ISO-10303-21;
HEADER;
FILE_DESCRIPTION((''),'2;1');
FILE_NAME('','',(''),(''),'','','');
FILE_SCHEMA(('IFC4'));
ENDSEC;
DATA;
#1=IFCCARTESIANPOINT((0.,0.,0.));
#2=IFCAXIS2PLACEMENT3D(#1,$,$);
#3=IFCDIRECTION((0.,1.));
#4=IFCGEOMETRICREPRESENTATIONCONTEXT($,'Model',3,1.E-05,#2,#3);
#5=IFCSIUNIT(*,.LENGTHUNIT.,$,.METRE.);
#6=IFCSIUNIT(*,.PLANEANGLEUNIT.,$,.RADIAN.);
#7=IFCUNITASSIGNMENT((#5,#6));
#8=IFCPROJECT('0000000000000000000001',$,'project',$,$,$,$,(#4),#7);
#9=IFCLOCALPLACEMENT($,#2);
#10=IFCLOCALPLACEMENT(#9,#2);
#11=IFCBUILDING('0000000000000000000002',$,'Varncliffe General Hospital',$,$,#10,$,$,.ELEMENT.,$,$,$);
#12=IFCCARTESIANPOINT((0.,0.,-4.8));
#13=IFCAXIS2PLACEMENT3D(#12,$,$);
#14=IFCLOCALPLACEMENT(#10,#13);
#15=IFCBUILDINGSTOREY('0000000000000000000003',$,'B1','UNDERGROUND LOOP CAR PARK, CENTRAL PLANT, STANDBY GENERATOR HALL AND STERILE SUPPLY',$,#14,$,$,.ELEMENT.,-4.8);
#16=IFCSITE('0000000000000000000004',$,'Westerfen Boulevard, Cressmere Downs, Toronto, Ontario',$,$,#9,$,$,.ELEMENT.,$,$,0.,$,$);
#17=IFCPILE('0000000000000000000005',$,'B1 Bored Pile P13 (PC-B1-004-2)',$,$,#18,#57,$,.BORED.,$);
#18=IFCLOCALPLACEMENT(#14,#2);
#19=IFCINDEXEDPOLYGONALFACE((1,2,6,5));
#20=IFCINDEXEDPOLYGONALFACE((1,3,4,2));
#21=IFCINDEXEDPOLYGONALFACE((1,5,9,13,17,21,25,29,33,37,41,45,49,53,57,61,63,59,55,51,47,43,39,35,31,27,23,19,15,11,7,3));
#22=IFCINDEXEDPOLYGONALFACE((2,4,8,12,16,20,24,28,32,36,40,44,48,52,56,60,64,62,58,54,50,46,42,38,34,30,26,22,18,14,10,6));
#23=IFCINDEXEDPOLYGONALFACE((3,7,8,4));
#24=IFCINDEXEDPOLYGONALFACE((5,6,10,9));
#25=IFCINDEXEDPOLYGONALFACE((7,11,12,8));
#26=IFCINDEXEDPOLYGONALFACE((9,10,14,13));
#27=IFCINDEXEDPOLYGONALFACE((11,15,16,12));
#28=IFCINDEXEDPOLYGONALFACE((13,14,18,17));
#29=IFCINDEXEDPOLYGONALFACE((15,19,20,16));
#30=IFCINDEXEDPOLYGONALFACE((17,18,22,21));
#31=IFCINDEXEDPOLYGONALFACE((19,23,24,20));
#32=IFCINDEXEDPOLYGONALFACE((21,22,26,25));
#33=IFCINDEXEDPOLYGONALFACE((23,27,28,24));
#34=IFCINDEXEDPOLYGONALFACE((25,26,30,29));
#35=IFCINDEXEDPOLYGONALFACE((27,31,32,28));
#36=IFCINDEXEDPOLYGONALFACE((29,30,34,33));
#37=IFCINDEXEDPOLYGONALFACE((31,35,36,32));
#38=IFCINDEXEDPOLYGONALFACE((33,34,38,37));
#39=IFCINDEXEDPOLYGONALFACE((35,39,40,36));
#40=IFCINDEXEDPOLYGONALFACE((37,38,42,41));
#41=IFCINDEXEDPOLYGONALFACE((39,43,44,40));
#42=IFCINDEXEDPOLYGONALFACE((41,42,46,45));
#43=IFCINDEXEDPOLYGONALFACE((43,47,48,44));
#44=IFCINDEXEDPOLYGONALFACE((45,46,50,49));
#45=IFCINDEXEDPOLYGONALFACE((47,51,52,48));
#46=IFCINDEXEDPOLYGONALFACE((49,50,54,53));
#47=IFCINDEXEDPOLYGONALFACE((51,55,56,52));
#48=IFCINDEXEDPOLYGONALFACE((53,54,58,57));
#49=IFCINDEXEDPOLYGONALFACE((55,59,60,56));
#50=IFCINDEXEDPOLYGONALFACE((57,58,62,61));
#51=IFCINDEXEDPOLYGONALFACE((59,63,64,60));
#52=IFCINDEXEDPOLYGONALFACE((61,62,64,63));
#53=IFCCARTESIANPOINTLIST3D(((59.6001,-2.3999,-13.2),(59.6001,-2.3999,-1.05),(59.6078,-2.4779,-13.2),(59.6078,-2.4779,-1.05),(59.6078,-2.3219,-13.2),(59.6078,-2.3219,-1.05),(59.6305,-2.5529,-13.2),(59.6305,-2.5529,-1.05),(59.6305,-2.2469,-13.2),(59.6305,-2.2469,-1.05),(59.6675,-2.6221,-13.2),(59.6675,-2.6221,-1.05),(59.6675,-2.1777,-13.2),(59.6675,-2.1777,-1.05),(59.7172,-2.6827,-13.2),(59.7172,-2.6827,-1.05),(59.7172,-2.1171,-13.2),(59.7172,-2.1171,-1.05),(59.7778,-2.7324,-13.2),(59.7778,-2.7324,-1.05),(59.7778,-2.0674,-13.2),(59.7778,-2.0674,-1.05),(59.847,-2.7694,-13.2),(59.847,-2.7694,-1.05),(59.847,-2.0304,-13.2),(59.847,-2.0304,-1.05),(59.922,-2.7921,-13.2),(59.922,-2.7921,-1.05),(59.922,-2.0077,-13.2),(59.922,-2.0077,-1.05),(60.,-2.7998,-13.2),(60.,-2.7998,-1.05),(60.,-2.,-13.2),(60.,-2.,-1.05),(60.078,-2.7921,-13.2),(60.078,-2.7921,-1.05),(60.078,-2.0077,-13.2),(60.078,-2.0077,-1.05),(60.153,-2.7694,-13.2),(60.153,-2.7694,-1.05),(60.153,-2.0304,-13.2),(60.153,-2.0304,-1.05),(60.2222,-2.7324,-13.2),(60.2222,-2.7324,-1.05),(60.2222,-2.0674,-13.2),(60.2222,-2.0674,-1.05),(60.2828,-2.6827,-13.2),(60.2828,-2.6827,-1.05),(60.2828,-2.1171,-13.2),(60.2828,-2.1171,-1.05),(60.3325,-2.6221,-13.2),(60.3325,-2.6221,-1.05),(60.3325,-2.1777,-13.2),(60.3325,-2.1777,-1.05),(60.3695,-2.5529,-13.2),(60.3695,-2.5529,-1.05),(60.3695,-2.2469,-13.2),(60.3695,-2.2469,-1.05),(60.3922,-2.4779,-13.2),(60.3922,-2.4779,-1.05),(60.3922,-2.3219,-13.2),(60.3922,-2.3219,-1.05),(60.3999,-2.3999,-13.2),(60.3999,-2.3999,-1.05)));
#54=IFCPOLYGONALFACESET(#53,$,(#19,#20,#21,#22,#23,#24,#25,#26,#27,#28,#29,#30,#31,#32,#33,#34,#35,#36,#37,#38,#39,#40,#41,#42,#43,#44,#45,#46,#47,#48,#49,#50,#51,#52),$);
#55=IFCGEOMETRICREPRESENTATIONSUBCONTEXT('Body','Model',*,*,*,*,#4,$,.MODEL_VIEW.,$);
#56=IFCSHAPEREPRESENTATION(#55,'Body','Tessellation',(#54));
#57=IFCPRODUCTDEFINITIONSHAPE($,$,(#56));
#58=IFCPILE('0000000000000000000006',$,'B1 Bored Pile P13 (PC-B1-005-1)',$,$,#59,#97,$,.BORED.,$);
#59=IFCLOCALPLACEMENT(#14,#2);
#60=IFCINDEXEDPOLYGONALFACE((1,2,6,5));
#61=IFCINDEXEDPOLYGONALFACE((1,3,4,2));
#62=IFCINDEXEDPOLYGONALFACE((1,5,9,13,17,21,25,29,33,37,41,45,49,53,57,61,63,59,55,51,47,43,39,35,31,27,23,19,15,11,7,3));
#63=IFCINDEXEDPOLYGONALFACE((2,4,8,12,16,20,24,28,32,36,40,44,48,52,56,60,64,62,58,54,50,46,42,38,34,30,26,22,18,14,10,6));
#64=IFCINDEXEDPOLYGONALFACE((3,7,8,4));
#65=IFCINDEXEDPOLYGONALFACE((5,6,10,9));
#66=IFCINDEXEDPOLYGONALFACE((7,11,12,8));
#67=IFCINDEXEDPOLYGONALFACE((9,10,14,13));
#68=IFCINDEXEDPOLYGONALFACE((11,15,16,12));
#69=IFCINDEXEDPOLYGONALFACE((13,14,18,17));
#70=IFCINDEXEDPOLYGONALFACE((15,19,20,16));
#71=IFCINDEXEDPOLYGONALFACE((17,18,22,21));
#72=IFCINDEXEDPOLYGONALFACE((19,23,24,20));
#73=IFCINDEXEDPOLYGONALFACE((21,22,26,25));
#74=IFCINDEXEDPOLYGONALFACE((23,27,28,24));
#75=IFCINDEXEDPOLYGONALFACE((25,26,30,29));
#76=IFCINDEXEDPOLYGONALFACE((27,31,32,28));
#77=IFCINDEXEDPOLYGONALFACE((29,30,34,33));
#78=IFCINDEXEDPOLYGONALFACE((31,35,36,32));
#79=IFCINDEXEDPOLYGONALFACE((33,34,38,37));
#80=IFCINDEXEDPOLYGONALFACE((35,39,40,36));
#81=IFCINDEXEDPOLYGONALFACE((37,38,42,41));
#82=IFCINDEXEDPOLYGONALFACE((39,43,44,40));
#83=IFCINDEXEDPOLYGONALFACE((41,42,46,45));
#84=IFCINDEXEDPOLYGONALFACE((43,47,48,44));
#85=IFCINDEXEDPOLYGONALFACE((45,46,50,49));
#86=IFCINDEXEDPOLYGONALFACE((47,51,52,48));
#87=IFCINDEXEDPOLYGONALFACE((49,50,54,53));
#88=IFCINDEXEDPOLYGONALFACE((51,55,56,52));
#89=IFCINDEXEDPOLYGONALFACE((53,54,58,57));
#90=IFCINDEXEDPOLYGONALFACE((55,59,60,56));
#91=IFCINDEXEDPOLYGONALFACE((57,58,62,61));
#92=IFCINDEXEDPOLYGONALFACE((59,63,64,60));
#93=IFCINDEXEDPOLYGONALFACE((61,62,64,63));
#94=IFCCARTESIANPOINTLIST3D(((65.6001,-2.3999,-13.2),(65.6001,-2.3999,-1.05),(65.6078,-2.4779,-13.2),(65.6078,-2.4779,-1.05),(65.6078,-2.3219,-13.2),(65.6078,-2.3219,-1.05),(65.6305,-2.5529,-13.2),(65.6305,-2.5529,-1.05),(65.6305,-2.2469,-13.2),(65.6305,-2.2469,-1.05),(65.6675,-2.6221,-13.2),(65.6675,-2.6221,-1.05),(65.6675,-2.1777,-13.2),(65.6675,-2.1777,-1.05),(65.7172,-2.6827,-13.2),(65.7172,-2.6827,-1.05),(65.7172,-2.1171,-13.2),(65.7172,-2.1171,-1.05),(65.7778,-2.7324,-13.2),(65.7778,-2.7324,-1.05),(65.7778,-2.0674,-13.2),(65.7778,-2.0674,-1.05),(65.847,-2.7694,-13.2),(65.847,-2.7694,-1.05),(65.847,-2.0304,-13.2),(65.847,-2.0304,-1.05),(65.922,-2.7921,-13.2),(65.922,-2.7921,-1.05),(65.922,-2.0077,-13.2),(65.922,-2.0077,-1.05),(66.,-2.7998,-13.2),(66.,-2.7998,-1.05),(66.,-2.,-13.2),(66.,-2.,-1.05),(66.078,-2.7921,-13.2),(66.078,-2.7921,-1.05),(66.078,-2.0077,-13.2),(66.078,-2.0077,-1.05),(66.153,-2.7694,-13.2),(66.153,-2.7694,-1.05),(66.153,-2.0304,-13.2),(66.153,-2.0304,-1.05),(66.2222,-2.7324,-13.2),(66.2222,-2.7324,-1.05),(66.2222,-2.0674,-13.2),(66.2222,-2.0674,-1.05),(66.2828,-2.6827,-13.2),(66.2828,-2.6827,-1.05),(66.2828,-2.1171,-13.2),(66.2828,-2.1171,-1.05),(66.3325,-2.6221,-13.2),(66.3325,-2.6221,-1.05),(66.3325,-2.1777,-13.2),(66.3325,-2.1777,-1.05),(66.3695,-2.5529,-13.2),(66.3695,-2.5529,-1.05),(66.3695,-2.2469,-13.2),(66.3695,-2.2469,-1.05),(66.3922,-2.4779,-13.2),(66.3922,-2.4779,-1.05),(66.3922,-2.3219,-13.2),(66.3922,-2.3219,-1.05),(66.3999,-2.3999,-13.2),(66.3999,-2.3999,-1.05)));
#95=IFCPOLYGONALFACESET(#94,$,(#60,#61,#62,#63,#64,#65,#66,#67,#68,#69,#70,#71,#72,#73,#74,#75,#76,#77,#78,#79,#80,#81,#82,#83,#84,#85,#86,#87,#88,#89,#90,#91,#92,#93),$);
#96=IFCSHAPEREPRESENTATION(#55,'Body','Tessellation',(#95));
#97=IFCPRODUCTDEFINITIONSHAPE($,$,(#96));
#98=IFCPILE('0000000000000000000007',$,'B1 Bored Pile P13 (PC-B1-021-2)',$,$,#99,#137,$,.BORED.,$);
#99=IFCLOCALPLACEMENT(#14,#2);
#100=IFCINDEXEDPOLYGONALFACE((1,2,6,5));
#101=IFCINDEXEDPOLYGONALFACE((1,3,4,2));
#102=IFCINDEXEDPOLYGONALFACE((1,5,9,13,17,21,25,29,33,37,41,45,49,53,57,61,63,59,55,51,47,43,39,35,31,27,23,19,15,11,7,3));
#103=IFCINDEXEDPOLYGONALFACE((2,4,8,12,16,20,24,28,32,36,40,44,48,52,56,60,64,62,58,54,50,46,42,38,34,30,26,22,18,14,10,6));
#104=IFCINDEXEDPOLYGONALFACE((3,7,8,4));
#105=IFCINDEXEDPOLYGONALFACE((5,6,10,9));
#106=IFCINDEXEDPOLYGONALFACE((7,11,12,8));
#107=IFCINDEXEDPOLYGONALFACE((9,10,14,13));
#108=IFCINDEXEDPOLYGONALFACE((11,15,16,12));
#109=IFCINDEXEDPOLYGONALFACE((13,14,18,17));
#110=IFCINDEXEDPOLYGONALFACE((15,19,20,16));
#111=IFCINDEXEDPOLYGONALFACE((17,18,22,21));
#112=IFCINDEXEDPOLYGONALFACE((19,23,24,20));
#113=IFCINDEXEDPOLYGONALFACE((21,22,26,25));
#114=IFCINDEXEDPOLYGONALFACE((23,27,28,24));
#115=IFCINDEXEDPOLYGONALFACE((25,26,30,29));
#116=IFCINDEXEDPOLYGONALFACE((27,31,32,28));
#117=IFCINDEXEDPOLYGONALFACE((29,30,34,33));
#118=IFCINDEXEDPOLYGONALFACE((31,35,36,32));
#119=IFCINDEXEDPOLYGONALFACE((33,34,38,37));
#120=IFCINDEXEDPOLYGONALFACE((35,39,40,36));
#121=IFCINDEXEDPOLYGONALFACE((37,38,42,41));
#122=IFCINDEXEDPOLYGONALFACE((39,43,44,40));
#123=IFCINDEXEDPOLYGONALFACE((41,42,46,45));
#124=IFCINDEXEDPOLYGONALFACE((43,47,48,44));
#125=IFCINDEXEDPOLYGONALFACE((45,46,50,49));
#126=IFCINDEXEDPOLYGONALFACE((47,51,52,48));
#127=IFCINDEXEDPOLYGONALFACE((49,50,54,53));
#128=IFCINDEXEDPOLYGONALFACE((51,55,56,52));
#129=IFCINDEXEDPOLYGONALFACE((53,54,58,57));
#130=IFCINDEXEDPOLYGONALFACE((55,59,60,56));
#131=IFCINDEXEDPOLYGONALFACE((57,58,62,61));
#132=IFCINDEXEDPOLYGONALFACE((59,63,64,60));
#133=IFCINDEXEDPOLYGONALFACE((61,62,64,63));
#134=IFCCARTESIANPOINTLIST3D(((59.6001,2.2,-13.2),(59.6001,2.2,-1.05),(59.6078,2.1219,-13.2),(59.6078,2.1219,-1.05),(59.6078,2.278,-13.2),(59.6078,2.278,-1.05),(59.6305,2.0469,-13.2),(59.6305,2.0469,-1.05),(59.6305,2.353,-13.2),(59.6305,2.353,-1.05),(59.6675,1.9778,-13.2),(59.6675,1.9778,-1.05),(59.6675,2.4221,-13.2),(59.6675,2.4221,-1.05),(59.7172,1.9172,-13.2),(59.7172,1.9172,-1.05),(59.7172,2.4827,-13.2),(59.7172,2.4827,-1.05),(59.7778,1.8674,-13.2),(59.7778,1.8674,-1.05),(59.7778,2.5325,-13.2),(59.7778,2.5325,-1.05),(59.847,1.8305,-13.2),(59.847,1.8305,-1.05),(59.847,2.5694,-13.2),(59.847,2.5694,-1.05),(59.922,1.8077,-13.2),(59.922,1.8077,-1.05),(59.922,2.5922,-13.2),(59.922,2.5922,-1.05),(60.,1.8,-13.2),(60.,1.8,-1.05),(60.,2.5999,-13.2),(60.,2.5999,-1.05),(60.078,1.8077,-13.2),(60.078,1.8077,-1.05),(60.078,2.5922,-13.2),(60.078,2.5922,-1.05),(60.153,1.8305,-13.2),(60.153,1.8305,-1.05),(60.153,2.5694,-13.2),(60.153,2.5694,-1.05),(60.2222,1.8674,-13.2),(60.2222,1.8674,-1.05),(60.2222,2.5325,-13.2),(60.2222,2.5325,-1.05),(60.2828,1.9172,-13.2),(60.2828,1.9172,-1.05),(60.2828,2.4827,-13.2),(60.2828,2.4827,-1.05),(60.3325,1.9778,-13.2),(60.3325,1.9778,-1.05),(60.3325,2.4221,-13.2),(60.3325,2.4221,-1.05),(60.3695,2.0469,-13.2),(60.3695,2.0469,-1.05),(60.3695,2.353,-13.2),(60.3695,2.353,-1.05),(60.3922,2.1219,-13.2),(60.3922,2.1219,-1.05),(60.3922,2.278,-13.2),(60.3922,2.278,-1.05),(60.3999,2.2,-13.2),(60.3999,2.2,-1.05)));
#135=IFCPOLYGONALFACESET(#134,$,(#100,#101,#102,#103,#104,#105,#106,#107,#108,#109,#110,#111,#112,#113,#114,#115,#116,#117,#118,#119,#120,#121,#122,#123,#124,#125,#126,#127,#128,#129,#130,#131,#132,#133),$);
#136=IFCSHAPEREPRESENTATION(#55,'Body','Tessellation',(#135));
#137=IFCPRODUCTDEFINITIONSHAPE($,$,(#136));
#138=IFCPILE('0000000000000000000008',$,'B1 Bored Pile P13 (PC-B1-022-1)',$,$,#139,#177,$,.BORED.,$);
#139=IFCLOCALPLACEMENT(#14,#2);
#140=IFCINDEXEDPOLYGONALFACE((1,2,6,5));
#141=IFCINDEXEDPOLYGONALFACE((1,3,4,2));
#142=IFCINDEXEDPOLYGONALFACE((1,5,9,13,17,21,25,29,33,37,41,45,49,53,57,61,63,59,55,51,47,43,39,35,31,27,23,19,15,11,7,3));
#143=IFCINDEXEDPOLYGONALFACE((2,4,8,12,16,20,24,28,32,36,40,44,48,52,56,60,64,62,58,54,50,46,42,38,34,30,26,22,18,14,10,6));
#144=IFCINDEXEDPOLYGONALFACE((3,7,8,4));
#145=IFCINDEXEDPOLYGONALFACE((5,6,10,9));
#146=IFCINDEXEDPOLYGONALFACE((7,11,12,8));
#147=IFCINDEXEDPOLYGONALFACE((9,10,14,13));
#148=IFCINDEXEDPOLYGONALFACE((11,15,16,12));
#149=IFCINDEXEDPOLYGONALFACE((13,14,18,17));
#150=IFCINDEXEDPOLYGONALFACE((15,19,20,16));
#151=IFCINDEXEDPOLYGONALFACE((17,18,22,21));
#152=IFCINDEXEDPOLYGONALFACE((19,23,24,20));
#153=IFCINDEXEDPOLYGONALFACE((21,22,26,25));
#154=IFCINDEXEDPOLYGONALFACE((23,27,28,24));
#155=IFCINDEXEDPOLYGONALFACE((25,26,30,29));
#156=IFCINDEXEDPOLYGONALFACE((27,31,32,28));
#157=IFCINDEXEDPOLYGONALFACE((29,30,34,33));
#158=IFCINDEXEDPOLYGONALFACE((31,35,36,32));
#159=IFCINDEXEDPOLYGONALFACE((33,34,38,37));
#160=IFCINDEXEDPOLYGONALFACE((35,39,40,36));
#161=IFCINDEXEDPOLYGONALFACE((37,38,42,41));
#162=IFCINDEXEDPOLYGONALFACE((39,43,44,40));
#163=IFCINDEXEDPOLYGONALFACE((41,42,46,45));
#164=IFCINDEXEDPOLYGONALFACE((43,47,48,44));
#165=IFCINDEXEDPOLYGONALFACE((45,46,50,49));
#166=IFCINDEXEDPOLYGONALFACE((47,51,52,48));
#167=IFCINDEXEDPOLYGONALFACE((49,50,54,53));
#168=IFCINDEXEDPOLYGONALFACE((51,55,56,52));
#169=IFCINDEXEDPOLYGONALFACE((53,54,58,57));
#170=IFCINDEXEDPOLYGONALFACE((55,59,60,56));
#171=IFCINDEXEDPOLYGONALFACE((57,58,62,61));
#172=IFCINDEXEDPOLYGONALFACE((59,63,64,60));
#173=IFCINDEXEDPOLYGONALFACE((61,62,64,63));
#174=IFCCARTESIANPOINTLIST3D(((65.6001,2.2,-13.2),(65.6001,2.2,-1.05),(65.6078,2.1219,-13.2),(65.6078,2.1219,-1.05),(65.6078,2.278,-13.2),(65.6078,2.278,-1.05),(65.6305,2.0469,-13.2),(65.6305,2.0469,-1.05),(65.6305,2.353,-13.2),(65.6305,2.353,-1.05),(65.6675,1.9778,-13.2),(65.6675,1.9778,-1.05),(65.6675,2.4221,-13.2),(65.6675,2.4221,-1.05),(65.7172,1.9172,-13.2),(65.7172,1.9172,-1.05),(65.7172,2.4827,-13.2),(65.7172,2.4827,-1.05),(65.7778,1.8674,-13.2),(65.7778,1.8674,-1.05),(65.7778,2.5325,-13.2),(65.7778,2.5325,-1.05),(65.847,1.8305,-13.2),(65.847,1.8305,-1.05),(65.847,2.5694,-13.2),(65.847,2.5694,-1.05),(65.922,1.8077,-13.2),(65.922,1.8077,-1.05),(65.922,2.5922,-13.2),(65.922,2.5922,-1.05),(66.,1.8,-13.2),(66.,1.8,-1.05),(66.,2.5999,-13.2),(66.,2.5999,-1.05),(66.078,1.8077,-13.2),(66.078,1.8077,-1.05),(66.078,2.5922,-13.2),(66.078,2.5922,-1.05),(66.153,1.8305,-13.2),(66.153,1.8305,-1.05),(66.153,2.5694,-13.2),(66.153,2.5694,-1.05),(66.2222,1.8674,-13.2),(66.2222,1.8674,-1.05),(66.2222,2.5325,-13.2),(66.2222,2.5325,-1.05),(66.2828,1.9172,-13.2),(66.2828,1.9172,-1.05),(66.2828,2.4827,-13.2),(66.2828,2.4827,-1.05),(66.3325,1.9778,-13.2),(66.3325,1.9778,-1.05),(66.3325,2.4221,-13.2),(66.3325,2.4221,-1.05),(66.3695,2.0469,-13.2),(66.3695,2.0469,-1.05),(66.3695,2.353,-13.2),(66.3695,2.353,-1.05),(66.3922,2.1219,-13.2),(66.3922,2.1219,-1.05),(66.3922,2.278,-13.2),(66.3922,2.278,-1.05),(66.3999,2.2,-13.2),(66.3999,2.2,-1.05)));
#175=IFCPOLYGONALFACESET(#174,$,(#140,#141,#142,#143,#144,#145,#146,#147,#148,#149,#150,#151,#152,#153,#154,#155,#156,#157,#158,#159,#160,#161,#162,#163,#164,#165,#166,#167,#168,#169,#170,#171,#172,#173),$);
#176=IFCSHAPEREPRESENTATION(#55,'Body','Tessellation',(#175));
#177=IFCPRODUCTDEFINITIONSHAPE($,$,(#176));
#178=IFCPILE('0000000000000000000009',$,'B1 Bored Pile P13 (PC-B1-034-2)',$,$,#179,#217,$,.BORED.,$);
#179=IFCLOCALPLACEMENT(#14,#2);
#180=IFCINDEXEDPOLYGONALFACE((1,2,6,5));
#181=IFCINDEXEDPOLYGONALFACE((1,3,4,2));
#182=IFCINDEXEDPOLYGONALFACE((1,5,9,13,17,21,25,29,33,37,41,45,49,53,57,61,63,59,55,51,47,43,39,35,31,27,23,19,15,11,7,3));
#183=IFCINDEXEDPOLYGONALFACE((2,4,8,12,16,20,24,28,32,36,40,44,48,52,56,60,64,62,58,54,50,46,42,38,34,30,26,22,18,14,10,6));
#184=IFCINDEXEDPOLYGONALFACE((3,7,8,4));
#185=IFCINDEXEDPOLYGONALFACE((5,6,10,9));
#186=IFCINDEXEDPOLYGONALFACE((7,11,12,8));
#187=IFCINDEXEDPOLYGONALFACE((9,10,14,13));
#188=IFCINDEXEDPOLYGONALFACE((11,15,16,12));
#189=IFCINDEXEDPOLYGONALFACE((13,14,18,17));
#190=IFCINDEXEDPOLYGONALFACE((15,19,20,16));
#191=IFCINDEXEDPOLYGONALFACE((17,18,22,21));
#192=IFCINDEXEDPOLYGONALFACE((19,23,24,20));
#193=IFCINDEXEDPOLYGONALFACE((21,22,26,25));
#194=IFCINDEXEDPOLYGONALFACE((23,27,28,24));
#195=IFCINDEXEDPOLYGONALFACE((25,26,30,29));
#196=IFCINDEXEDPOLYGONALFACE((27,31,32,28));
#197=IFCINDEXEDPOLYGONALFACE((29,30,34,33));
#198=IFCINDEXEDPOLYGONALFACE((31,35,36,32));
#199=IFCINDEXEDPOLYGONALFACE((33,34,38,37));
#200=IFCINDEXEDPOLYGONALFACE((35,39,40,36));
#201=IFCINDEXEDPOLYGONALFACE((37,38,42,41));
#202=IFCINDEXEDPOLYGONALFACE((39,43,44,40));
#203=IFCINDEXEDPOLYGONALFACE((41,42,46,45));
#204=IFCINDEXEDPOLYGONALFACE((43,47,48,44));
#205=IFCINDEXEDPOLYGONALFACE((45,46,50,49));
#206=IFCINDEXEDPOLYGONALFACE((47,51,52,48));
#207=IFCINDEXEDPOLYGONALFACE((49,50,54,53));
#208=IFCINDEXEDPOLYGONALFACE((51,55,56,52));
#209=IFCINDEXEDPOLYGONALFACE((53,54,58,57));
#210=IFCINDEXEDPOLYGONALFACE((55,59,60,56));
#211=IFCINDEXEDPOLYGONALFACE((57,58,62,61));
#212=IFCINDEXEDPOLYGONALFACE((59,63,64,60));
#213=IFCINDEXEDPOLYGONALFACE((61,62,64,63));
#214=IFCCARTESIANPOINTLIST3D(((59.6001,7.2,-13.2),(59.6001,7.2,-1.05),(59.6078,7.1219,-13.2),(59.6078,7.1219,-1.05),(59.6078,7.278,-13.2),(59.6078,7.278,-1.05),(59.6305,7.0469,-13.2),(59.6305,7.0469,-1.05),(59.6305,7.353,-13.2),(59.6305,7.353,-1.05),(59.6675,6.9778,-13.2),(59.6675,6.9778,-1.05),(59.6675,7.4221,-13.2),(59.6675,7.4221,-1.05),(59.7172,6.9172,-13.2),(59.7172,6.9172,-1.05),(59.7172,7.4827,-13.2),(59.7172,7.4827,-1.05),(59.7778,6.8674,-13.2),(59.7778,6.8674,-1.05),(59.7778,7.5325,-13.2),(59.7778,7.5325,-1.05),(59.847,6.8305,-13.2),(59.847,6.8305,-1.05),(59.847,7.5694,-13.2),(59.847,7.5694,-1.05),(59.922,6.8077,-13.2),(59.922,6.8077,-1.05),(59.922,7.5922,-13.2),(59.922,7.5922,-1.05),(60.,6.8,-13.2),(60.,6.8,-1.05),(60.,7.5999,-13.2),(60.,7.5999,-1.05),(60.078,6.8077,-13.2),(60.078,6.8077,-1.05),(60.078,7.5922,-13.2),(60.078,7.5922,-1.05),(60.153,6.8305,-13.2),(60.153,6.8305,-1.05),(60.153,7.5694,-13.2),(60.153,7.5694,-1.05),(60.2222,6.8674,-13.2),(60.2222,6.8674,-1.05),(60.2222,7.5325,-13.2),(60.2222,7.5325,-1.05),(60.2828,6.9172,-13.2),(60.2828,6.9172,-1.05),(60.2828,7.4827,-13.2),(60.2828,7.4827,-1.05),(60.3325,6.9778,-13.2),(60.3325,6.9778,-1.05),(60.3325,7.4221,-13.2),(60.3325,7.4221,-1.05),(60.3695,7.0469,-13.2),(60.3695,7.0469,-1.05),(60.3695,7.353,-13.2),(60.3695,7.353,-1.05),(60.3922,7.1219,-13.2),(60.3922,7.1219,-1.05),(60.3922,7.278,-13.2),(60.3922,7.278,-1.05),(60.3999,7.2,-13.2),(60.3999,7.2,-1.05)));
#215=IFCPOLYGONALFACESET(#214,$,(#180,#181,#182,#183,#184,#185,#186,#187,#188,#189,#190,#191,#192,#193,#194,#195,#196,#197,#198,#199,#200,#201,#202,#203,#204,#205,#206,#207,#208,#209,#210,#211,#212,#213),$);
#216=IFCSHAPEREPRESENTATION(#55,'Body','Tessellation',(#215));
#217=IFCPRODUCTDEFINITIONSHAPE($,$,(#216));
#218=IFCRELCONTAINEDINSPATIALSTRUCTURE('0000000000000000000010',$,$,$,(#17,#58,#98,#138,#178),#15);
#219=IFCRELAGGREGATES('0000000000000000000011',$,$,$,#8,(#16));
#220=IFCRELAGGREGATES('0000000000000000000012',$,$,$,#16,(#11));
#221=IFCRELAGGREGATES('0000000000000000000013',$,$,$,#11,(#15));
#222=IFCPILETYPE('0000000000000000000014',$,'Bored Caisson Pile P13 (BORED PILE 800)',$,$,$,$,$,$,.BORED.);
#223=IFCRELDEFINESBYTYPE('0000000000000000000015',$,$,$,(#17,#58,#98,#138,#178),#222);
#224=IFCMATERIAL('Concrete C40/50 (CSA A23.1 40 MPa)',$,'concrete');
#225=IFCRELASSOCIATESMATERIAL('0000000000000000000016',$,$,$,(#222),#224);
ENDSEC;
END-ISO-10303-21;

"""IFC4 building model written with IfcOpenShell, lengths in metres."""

from ifc_helpers import new_model, si_unit, direction, frame, origin, origin_2d, place, context, subcontext, project, spatial, circle, extrude, material, material_profile, profile_set, type_object, element, save


model = new_model("IFC4")

# Units and contexts
model_context = context("Model", 3, precision=1e-05, world=origin(), true_north=direction((0.0, 1.0)))
body_context = subcontext(model_context, "Body", "Model", "MODEL_VIEW")
ifc_project = project(units=[si_unit("LENGTHUNIT", "METRE"), si_unit("PLANEANGLEUNIT", "RADIAN")], contexts=[model_context])

# Site, building, storey
site_placement = place(None, origin())
site = spatial("IfcSite", under=ifc_project, at=site_placement, Name="Westerfen Boulevard, Cressmere Downs, Toronto, Ontario", CompositionType="ELEMENT", RefElevation=0.0)
building_placement = place(site_placement, origin())
building = spatial("IfcBuilding", under=site, at=building_placement, Name="Varncliffe General Hospital", CompositionType="ELEMENT")
storey_placement = place(building_placement, frame((0.0, 0.0, -4.8)))
storey = spatial("IfcBuildingStorey", under=building, at=storey_placement, Name="B1", Description="UNDERGROUND LOOP CAR PARK, CENTRAL PLANT, STANDBY GENERATOR HALL AND STERILE SUPPLY", CompositionType="ELEMENT", Elevation=-4.8)

# Piles
ifc_material_1 = material(Name="Concrete C40/50 (CSA A23.1 40 MPa)", Category="concrete")
ifc_material_profile_1 = material_profile(ifc_material_1, circle(Radius=0.3999, at=origin_2d()), Name="BORED PILE 800")
ifc_profile_set_1 = profile_set([ifc_material_profile_1], Name="Concrete C40/50 (CSA A23.1 40 MPa)")
pile_type = type_object("IfcPileType", Name="Bored Caisson Pile P13 (BORED PILE 800)", PredefinedType="BORED", material=ifc_profile_set_1)
for number, where, z_axis, x_axis, name in (
    (1, (60.0, -2.3999, -1.05), (0.0, 0.0, -1.0), (1.0, 0.0, 0.0), "B1 Bored Pile P13 (PC-B1-004-2)"),
    (2, (66.0, -2.3999, -1.05), (0.0, 0.0, -1.0), (1.0, 0.0, 0.0), "B1 Bored Pile P13 (PC-B1-005-1)"),
    (3, (60.0, 2.2, -1.05), (0.0, 0.0, -1.0), (1.0, 0.0, 0.0), "B1 Bored Pile P13 (PC-B1-021-2)"),
    (4, (66.0, 2.2, -1.05), (0.0, 0.0, -1.0), (1.0, 0.0, 0.0), "B1 Bored Pile P13 (PC-B1-022-1)"),
    (5, (60.0, 7.2, -1.05), (0.0, 0.0, -1.0), (1.0, 0.0, 0.0), "B1 Bored Pile P13 (PC-B1-034-2)"),
):
    element("IfcPile", number, at=place(storey_placement, frame(where, z_axis=z_axis, x_axis=x_axis)), inside=storey, type_object=pile_type, Name=name, PredefinedType="BORED", context=body_context, shape_type="SweptSolid", body=[
        extrude(circle(Radius=0.3999, at=origin_2d()), origin(), (0.0, 0.0, 1.0), 12.1499),
    ])

save(model, "model.ifc")
